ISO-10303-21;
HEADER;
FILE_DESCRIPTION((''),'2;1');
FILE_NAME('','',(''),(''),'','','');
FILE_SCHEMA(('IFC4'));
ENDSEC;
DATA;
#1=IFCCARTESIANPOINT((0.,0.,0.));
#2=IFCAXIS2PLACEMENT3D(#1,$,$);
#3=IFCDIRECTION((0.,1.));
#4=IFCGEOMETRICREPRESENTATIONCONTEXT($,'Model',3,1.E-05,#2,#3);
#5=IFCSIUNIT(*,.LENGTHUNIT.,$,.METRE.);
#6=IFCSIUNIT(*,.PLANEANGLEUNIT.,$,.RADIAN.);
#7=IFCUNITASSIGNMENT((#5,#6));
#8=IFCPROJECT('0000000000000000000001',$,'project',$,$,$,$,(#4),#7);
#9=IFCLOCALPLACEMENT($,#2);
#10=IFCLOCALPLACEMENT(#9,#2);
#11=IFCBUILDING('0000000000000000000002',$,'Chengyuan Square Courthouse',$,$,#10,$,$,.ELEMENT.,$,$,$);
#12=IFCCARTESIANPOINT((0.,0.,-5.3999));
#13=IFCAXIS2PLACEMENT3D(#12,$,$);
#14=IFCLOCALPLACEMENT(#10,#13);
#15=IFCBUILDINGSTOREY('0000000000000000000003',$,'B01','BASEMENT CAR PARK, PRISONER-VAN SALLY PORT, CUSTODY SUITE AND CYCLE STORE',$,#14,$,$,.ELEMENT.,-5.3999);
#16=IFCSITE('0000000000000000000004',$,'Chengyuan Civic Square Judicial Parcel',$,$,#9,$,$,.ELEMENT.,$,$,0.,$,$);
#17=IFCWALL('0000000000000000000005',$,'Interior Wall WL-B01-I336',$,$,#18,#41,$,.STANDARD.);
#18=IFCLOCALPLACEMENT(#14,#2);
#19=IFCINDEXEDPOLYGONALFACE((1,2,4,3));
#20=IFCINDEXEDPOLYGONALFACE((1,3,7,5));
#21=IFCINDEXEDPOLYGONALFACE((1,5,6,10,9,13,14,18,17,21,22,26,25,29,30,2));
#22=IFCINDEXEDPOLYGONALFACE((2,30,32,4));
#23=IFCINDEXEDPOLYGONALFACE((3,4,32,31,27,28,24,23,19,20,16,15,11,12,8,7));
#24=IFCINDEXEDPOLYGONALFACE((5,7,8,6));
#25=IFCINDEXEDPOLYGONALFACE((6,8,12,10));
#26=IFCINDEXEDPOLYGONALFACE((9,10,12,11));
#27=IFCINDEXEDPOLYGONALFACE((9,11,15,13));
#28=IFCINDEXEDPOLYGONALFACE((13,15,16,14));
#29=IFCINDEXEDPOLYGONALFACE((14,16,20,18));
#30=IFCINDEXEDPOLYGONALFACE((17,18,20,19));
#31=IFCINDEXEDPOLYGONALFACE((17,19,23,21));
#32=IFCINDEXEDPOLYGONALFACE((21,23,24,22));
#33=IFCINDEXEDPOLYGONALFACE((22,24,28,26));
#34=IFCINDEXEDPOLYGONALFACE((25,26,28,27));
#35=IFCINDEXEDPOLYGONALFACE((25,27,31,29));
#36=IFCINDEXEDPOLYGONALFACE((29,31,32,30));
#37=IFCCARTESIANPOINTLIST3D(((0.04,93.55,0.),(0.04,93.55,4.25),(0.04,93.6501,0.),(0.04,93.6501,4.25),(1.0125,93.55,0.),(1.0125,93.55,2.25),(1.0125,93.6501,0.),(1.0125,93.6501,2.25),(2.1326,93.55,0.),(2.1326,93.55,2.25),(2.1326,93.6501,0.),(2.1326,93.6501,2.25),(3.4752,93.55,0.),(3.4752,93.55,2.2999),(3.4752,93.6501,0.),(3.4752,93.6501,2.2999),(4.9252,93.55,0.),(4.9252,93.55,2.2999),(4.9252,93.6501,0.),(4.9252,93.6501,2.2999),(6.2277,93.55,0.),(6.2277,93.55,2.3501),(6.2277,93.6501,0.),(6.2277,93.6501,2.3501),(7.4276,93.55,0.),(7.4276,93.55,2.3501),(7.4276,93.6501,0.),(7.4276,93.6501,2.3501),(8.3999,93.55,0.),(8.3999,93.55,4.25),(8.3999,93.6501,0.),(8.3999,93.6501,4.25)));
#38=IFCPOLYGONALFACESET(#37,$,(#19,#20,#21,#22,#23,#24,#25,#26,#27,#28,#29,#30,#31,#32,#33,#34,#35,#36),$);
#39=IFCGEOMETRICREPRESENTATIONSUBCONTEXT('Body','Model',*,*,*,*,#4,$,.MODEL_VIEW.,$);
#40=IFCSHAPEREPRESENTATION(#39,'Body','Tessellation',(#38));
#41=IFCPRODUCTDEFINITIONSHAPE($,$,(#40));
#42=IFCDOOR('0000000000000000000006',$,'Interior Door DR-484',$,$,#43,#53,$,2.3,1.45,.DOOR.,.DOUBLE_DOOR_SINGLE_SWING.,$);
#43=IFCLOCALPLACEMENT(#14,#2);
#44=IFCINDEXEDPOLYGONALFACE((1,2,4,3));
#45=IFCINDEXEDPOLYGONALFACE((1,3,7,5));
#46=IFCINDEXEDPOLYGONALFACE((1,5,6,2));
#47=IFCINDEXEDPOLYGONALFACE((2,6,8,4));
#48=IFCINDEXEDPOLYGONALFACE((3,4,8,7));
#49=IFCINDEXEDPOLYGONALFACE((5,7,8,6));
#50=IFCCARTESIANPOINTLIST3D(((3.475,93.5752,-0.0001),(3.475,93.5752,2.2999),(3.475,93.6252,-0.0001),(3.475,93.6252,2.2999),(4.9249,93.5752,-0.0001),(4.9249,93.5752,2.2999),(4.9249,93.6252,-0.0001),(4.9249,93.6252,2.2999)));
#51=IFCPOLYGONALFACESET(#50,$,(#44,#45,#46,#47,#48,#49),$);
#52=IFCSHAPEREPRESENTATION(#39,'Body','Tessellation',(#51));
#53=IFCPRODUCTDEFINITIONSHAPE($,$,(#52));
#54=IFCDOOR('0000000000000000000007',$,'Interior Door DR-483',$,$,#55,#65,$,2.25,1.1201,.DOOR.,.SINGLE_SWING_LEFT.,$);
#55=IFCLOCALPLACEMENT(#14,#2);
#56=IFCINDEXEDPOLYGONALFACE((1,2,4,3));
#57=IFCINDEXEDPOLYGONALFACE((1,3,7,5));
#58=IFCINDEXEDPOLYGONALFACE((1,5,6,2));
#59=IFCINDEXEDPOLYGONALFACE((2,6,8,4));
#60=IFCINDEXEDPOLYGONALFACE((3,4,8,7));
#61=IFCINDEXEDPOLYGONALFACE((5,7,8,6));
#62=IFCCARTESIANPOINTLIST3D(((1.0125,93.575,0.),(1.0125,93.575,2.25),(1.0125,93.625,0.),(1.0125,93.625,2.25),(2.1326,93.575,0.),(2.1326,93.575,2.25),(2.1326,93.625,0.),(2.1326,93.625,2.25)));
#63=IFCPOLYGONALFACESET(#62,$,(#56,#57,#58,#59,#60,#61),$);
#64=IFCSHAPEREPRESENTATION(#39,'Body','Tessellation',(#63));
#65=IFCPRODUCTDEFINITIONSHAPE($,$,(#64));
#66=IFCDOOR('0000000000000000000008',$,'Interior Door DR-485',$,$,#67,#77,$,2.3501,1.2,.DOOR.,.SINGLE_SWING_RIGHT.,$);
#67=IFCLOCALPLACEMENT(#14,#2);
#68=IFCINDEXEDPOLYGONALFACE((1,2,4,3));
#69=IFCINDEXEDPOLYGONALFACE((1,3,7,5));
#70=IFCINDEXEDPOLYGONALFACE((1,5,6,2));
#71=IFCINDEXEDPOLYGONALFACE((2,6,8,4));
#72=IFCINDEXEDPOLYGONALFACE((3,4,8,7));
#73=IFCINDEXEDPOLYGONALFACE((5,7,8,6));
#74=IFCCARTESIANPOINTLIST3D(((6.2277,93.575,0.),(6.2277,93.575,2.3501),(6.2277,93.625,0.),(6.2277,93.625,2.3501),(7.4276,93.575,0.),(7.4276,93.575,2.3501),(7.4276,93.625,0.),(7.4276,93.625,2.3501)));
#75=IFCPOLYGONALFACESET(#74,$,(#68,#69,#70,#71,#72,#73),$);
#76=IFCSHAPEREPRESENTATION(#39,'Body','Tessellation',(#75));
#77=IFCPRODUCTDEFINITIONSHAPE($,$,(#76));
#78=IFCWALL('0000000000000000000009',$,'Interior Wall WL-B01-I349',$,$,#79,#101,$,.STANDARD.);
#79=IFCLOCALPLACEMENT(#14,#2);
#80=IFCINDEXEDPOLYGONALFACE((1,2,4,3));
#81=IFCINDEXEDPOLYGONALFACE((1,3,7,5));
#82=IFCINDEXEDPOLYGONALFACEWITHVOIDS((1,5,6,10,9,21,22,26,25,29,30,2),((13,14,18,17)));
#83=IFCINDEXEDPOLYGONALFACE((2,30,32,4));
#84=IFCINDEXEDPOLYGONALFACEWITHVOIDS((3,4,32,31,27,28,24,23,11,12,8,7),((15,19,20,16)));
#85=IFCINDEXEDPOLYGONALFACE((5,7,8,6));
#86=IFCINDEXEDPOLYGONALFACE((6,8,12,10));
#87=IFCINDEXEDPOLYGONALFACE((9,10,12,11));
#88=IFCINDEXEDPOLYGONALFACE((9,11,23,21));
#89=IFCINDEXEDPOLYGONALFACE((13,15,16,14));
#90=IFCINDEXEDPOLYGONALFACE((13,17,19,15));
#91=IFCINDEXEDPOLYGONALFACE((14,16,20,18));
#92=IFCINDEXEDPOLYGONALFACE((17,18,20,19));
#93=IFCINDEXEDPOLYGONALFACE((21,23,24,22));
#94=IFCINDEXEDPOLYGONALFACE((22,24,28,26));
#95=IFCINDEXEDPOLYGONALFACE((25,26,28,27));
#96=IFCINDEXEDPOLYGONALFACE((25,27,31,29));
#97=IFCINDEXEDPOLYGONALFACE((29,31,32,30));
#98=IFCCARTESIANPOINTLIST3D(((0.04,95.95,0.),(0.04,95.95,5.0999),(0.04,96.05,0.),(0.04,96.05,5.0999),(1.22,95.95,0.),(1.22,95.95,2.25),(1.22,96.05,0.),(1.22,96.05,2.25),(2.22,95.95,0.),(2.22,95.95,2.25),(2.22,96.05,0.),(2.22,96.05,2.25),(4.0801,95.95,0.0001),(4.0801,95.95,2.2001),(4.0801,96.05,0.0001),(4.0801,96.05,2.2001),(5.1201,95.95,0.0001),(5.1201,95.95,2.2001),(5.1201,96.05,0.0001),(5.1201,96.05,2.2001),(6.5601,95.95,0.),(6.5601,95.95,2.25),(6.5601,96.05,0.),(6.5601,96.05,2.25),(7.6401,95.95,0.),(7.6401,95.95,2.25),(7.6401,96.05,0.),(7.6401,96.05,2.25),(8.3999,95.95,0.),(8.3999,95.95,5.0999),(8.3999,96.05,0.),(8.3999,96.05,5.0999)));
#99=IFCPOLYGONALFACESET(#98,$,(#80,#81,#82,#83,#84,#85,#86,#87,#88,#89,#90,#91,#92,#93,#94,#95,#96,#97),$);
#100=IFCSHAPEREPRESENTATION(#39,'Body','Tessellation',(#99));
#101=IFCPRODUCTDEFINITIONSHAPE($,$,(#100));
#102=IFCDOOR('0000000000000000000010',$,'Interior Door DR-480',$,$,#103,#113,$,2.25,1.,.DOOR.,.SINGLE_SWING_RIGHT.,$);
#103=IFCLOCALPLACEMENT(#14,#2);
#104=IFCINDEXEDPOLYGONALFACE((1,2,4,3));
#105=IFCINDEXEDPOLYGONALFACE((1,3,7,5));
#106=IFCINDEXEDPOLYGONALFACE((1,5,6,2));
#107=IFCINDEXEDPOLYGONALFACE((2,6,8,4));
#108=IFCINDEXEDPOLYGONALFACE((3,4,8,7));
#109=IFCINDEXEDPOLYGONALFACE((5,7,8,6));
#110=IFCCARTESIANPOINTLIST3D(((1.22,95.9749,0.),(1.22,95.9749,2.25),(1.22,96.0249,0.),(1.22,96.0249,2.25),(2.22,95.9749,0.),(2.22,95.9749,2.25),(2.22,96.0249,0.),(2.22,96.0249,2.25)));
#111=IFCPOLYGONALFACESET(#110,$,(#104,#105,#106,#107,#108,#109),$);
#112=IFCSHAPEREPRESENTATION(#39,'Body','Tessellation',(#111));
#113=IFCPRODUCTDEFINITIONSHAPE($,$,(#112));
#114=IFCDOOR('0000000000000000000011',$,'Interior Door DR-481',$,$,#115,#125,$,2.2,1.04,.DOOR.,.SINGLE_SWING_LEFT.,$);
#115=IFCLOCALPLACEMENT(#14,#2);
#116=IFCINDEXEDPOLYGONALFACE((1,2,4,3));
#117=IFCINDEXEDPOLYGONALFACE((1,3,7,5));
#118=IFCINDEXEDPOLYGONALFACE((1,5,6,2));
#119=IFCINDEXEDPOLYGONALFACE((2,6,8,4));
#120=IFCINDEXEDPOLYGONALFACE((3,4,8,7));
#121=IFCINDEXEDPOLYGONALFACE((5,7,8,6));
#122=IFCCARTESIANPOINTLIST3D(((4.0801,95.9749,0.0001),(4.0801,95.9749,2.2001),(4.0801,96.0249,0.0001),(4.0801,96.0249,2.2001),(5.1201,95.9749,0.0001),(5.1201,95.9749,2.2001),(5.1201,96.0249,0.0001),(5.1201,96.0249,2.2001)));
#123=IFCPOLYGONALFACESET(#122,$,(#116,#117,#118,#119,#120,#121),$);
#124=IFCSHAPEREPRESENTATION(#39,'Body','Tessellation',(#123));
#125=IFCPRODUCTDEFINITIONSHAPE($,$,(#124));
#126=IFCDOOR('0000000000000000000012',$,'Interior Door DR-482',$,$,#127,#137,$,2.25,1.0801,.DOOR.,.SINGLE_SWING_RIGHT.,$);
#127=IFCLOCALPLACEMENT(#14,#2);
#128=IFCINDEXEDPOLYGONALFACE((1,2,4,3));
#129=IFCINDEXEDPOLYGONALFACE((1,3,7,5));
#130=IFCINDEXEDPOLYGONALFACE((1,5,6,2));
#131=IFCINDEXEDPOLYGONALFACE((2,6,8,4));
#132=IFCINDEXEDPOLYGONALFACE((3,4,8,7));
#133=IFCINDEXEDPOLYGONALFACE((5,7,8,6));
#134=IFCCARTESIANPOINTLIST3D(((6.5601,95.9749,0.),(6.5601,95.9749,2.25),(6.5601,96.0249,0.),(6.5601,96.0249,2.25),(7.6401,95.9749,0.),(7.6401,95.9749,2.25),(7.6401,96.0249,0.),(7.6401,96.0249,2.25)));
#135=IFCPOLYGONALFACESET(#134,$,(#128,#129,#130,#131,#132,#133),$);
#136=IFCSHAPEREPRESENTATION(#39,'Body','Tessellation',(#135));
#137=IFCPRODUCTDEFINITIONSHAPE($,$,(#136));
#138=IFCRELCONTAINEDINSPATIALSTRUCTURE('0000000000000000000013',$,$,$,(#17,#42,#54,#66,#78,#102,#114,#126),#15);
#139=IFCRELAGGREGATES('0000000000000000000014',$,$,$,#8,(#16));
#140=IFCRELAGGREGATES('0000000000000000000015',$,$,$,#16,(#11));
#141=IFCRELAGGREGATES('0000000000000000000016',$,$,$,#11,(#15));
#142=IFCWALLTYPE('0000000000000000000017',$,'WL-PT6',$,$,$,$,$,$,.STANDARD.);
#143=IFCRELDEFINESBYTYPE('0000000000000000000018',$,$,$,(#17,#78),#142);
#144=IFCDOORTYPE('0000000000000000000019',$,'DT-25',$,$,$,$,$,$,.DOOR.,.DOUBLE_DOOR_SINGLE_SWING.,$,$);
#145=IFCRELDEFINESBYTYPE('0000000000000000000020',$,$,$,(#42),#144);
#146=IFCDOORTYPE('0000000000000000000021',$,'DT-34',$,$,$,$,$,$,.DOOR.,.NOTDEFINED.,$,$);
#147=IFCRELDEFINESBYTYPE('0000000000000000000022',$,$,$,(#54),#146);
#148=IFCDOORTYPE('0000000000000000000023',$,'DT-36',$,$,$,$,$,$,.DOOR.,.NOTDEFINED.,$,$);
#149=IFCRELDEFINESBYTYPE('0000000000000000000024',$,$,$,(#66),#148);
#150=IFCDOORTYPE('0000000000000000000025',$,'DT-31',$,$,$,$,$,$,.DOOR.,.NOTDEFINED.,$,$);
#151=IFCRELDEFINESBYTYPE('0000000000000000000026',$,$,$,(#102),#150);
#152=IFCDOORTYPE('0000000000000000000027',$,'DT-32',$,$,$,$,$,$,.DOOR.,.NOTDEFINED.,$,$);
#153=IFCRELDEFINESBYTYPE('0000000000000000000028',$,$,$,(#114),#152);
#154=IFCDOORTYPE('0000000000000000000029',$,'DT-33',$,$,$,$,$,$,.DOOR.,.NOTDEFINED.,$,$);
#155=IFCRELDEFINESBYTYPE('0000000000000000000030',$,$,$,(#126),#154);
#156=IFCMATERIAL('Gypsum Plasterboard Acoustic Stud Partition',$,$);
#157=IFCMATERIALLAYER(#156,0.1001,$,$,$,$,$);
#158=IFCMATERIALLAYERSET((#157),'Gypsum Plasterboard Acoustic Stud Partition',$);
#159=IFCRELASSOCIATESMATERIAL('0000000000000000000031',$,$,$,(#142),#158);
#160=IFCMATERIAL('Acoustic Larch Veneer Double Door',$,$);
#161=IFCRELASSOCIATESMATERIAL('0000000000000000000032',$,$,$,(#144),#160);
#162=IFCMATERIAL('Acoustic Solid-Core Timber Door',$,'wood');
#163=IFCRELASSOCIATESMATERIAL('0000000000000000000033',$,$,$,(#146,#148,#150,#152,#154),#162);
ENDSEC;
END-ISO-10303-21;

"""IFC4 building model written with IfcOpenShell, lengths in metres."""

from ifc_helpers import new_model, si_unit, direction, frame, frame_2d, origin, place, context, subcontext, project, spatial, rectangle, extrude, material, layer, layer_set, type_object, element, fill, save


model = new_model("IFC4")

# Units and contexts
model_context = context("Model", 3, precision=1e-05, world=origin(), true_north=direction((0.0, 1.0)))
body_context = subcontext(model_context, "Body", "Model", "MODEL_VIEW")
ifc_project = project(units=[si_unit("LENGTHUNIT", "METRE"), si_unit("PLANEANGLEUNIT", "RADIAN")], contexts=[model_context])

# Site, building, storey
site_placement = place(None, origin())
site = spatial("IfcSite", under=ifc_project, at=site_placement, Name="Chengyuan Civic Square Judicial Parcel", CompositionType="ELEMENT", RefElevation=0.0)
building_placement = place(site_placement, origin())
building = spatial("IfcBuilding", under=site, at=building_placement, Name="Chengyuan Square Courthouse", CompositionType="ELEMENT")
storey_placement = place(building_placement, frame((0.0, 0.0, -5.3999)))
storey = spatial("IfcBuildingStorey", under=building, at=storey_placement, Name="B01", Description="BASEMENT CAR PARK, PRISONER-VAN SALLY PORT, CUSTODY SUITE AND CYCLE STORE", CompositionType="ELEMENT", Elevation=-5.3999)

# Walls, openings, doors
ifc_material_1 = material(Name="Gypsum Plasterboard Acoustic Stud Partition")
ifc_layer_1 = layer(ifc_material_1, 0.1001)
ifc_layer_set_1 = layer_set([ifc_layer_1], Name="Gypsum Plasterboard Acoustic Stud Partition")
wall_type_1 = type_object("IfcWallType", Name="WL-PT6", PredefinedType="STANDARD", material=ifc_layer_set_1)
wall_1_placement = place(storey_placement, frame((0.04, 93.6001, 0.0), z_axis=(0.0, 0.0, 1.0), x_axis=(1.0, 0.0, 0.0)))
wall_1 = element("IfcWall", 1, at=wall_1_placement, inside=storey, type_object=wall_type_1, Name="Interior Wall WL-B01-I336", PredefinedType="STANDARD", context=body_context, shape_type="SweptSolid", body=[
    extrude(rectangle(XDim=8.3599, YDim=0.1001, at=frame_2d((4.1799, 0.0))), origin(), (0.0, 0.0, 1.0), 4.25),
])
opening_1_placement = place(wall_1_placement, frame((0.9724, 0.0, 0.0)))
opening_1 = element("IfcOpeningElement", 2, at=opening_1_placement, cuts=wall_1, PredefinedType="OPENING", context=body_context, shape_type="SweptSolid", body=[
    extrude(rectangle(XDim=1.1201, YDim=2.25, at=frame_2d((0.5601, 1.125))), frame((0.0, 0.062, 0.0), z_axis=(0.0, -1.0, 0.0), x_axis=(1.0, 0.0, 0.0)), (0.0, 0.0, 1.0), 0.124),
])
opening_2_placement = place(wall_1_placement, frame((3.4351, 0.0, 0.0)))
opening_2 = element("IfcOpeningElement", 3, at=opening_2_placement, cuts=wall_1, PredefinedType="OPENING", context=body_context, shape_type="SweptSolid", body=[
    extrude(rectangle(XDim=1.45, YDim=2.3, at=frame_2d((0.7251, 1.1499))), frame((0.0, 0.062, 0.0), z_axis=(0.0, -1.0, 0.0), x_axis=(1.0, 0.0, 0.0)), (0.0, 0.0, 1.0), 0.124),
])
opening_3_placement = place(wall_1_placement, frame((6.1875, 0.0, 0.0)))
opening_3 = element("IfcOpeningElement", 4, at=opening_3_placement, cuts=wall_1, PredefinedType="OPENING", context=body_context, shape_type="SweptSolid", body=[
    extrude(rectangle(XDim=1.2, YDim=2.3501, at=frame_2d((0.6001, 1.175))), frame((0.0, 0.062, 0.0), z_axis=(0.0, -1.0, 0.0), x_axis=(1.0, 0.0, 0.0)), (0.0, 0.0, 1.0), 0.124),
])
ifc_material_2 = material(Name="Acoustic Larch Veneer Double Door")
door_type_1 = type_object("IfcDoorType", Name="DT-25", OperationType="DOUBLE_DOOR_SINGLE_SWING", PredefinedType="DOOR", material=ifc_material_2)
door_1_placement = place(opening_2_placement, frame((1.45, 0.0, 0.0), z_axis=(0.0, 0.0, 1.0), x_axis=(-1.0, 0.0, 0.0)))
door_1 = element("IfcDoor", 5, at=door_1_placement, inside=storey, type_object=door_type_1, Name="Interior Door DR-484", OperationType="DOUBLE_DOOR_SINGLE_SWING", OverallHeight=2.3, OverallWidth=1.45, PredefinedType="DOOR", context=body_context, shape_type="SweptSolid", body=[
    extrude(rectangle(XDim=1.45, YDim=2.3, at=frame_2d((0.7251, 1.1499))), frame((0.0, 0.0249, 0.0), z_axis=(0.0, -1.0, 0.0), x_axis=(1.0, 0.0, 0.0)), (0.0, 0.0, 1.0), 0.05),
])
fill(opening_2, door_1)
ifc_material_3 = material(Name="Acoustic Solid-Core Timber Door", Category="wood")
door_type_2 = type_object("IfcDoorType", Name="DT-34", OperationType="NOTDEFINED", PredefinedType="DOOR", material=ifc_material_3)
door_2_placement = place(opening_1_placement, origin())
door_2 = element("IfcDoor", 6, at=door_2_placement, inside=storey, type_object=door_type_2, Name="Interior Door DR-483", OperationType="SINGLE_SWING_LEFT", OverallHeight=2.25, OverallWidth=1.1201, PredefinedType="DOOR", context=body_context, shape_type="SweptSolid", body=[
    extrude(rectangle(XDim=1.1201, YDim=2.25, at=frame_2d((0.5601, 1.125))), frame((0.0, 0.0249, 0.0), z_axis=(0.0, -1.0, 0.0), x_axis=(1.0, 0.0, 0.0)), (0.0, 0.0, 1.0), 0.05),
])
fill(opening_1, door_2)
door_type_3 = type_object("IfcDoorType", Name="DT-36", OperationType="NOTDEFINED", PredefinedType="DOOR", material=ifc_material_3)
door_3_placement = place(opening_3_placement, origin())
door_3 = element("IfcDoor", 7, at=door_3_placement, inside=storey, type_object=door_type_3, Name="Interior Door DR-485", OperationType="SINGLE_SWING_RIGHT", OverallHeight=2.3501, OverallWidth=1.2, PredefinedType="DOOR", context=body_context, shape_type="SweptSolid", body=[
    extrude(rectangle(XDim=1.2, YDim=2.3501, at=frame_2d((0.6001, 1.175))), frame((0.0, 0.0249, 0.0), z_axis=(0.0, -1.0, 0.0), x_axis=(1.0, 0.0, 0.0)), (0.0, 0.0, 1.0), 0.05),
])
fill(opening_3, door_3)
wall_2_placement = place(storey_placement, frame((0.04, 96.0, 0.0), z_axis=(0.0, 0.0, 1.0), x_axis=(1.0, 0.0, 0.0)))
wall_2 = element("IfcWall", 8, at=wall_2_placement, inside=storey, type_object=wall_type_1, Name="Interior Wall WL-B01-I349", PredefinedType="STANDARD", context=body_context, shape_type="SweptSolid", body=[
    extrude(rectangle(XDim=8.3599, YDim=0.1001, at=frame_2d((4.1799, 0.0))), origin(), (0.0, 0.0, 1.0), 5.0999),
])
opening_4_placement = place(wall_2_placement, frame((1.1799, 0.0, 0.0)))
opening_4 = element("IfcOpeningElement", 9, at=opening_4_placement, cuts=wall_2, PredefinedType="OPENING", context=body_context, shape_type="SweptSolid", body=[
    extrude(rectangle(XDim=1.0, YDim=2.25, at=frame_2d((0.5, 1.125))), frame((0.0, 0.062, 0.0), z_axis=(0.0, -1.0, 0.0), x_axis=(1.0, 0.0, 0.0)), (0.0, 0.0, 1.0), 0.124),
])
opening_5_placement = place(wall_2_placement, frame((4.04, 0.0, 0.0)))
opening_5 = element("IfcOpeningElement", 10, at=opening_5_placement, cuts=wall_2, PredefinedType="OPENING", context=body_context, shape_type="SweptSolid", body=[
    extrude(rectangle(XDim=1.04, YDim=2.2, at=frame_2d((0.52, 1.1001))), frame((0.0, 0.062, 0.0), z_axis=(0.0, -1.0, 0.0), x_axis=(1.0, 0.0, 0.0)), (0.0, 0.0, 1.0), 0.124),
])
opening_6_placement = place(wall_2_placement, frame((6.52, 0.0, 0.0)))
opening_6 = element("IfcOpeningElement", 11, at=opening_6_placement, cuts=wall_2, PredefinedType="OPENING", context=body_context, shape_type="SweptSolid", body=[
    extrude(rectangle(XDim=1.0801, YDim=2.25, at=frame_2d((0.54, 1.125))), frame((0.0, 0.062, 0.0), z_axis=(0.0, -1.0, 0.0), x_axis=(1.0, 0.0, 0.0)), (0.0, 0.0, 1.0), 0.124),
])
door_type_4 = type_object("IfcDoorType", Name="DT-31", OperationType="NOTDEFINED", PredefinedType="DOOR", material=ifc_material_3)
door_4_placement = place(opening_4_placement, origin())
door_4 = element("IfcDoor", 12, at=door_4_placement, inside=storey, type_object=door_type_4, Name="Interior Door DR-480", OperationType="SINGLE_SWING_RIGHT", OverallHeight=2.25, OverallWidth=1.0, PredefinedType="DOOR", context=body_context, shape_type="SweptSolid", body=[
    extrude(rectangle(XDim=1.0, YDim=2.25, at=frame_2d((0.5, 1.125))), frame((0.0, 0.0249, 0.0), z_axis=(0.0, -1.0, 0.0), x_axis=(1.0, 0.0, 0.0)), (0.0, 0.0, 1.0), 0.05),
])
fill(opening_4, door_4)
door_type_5 = type_object("IfcDoorType", Name="DT-32", OperationType="NOTDEFINED", PredefinedType="DOOR", material=ifc_material_3)
door_5_placement = place(opening_5_placement, origin())
door_5 = element("IfcDoor", 13, at=door_5_placement, inside=storey, type_object=door_type_5, Name="Interior Door DR-481", OperationType="SINGLE_SWING_LEFT", OverallHeight=2.2, OverallWidth=1.04, PredefinedType="DOOR", context=body_context, shape_type="SweptSolid", body=[
    extrude(rectangle(XDim=1.04, YDim=2.2, at=frame_2d((0.52, 1.1001))), frame((0.0, 0.0249, 0.0), z_axis=(0.0, -1.0, 0.0), x_axis=(1.0, 0.0, 0.0)), (0.0, 0.0, 1.0), 0.05),
])
fill(opening_5, door_5)
door_type_6 = type_object("IfcDoorType", Name="DT-33", OperationType="NOTDEFINED", PredefinedType="DOOR", material=ifc_material_3)
door_6_placement = place(opening_6_placement, origin())
door_6 = element("IfcDoor", 14, at=door_6_placement, inside=storey, type_object=door_type_6, Name="Interior Door DR-482", OperationType="SINGLE_SWING_RIGHT", OverallHeight=2.25, OverallWidth=1.0801, PredefinedType="DOOR", context=body_context, shape_type="SweptSolid", body=[
    extrude(rectangle(XDim=1.0801, YDim=2.25, at=frame_2d((0.54, 1.125))), frame((0.0, 0.0249, 0.0), z_axis=(0.0, -1.0, 0.0), x_axis=(1.0, 0.0, 0.0)), (0.0, 0.0, 1.0), 0.05),
])
fill(opening_6, door_6)

save(model, "model.ifc")
